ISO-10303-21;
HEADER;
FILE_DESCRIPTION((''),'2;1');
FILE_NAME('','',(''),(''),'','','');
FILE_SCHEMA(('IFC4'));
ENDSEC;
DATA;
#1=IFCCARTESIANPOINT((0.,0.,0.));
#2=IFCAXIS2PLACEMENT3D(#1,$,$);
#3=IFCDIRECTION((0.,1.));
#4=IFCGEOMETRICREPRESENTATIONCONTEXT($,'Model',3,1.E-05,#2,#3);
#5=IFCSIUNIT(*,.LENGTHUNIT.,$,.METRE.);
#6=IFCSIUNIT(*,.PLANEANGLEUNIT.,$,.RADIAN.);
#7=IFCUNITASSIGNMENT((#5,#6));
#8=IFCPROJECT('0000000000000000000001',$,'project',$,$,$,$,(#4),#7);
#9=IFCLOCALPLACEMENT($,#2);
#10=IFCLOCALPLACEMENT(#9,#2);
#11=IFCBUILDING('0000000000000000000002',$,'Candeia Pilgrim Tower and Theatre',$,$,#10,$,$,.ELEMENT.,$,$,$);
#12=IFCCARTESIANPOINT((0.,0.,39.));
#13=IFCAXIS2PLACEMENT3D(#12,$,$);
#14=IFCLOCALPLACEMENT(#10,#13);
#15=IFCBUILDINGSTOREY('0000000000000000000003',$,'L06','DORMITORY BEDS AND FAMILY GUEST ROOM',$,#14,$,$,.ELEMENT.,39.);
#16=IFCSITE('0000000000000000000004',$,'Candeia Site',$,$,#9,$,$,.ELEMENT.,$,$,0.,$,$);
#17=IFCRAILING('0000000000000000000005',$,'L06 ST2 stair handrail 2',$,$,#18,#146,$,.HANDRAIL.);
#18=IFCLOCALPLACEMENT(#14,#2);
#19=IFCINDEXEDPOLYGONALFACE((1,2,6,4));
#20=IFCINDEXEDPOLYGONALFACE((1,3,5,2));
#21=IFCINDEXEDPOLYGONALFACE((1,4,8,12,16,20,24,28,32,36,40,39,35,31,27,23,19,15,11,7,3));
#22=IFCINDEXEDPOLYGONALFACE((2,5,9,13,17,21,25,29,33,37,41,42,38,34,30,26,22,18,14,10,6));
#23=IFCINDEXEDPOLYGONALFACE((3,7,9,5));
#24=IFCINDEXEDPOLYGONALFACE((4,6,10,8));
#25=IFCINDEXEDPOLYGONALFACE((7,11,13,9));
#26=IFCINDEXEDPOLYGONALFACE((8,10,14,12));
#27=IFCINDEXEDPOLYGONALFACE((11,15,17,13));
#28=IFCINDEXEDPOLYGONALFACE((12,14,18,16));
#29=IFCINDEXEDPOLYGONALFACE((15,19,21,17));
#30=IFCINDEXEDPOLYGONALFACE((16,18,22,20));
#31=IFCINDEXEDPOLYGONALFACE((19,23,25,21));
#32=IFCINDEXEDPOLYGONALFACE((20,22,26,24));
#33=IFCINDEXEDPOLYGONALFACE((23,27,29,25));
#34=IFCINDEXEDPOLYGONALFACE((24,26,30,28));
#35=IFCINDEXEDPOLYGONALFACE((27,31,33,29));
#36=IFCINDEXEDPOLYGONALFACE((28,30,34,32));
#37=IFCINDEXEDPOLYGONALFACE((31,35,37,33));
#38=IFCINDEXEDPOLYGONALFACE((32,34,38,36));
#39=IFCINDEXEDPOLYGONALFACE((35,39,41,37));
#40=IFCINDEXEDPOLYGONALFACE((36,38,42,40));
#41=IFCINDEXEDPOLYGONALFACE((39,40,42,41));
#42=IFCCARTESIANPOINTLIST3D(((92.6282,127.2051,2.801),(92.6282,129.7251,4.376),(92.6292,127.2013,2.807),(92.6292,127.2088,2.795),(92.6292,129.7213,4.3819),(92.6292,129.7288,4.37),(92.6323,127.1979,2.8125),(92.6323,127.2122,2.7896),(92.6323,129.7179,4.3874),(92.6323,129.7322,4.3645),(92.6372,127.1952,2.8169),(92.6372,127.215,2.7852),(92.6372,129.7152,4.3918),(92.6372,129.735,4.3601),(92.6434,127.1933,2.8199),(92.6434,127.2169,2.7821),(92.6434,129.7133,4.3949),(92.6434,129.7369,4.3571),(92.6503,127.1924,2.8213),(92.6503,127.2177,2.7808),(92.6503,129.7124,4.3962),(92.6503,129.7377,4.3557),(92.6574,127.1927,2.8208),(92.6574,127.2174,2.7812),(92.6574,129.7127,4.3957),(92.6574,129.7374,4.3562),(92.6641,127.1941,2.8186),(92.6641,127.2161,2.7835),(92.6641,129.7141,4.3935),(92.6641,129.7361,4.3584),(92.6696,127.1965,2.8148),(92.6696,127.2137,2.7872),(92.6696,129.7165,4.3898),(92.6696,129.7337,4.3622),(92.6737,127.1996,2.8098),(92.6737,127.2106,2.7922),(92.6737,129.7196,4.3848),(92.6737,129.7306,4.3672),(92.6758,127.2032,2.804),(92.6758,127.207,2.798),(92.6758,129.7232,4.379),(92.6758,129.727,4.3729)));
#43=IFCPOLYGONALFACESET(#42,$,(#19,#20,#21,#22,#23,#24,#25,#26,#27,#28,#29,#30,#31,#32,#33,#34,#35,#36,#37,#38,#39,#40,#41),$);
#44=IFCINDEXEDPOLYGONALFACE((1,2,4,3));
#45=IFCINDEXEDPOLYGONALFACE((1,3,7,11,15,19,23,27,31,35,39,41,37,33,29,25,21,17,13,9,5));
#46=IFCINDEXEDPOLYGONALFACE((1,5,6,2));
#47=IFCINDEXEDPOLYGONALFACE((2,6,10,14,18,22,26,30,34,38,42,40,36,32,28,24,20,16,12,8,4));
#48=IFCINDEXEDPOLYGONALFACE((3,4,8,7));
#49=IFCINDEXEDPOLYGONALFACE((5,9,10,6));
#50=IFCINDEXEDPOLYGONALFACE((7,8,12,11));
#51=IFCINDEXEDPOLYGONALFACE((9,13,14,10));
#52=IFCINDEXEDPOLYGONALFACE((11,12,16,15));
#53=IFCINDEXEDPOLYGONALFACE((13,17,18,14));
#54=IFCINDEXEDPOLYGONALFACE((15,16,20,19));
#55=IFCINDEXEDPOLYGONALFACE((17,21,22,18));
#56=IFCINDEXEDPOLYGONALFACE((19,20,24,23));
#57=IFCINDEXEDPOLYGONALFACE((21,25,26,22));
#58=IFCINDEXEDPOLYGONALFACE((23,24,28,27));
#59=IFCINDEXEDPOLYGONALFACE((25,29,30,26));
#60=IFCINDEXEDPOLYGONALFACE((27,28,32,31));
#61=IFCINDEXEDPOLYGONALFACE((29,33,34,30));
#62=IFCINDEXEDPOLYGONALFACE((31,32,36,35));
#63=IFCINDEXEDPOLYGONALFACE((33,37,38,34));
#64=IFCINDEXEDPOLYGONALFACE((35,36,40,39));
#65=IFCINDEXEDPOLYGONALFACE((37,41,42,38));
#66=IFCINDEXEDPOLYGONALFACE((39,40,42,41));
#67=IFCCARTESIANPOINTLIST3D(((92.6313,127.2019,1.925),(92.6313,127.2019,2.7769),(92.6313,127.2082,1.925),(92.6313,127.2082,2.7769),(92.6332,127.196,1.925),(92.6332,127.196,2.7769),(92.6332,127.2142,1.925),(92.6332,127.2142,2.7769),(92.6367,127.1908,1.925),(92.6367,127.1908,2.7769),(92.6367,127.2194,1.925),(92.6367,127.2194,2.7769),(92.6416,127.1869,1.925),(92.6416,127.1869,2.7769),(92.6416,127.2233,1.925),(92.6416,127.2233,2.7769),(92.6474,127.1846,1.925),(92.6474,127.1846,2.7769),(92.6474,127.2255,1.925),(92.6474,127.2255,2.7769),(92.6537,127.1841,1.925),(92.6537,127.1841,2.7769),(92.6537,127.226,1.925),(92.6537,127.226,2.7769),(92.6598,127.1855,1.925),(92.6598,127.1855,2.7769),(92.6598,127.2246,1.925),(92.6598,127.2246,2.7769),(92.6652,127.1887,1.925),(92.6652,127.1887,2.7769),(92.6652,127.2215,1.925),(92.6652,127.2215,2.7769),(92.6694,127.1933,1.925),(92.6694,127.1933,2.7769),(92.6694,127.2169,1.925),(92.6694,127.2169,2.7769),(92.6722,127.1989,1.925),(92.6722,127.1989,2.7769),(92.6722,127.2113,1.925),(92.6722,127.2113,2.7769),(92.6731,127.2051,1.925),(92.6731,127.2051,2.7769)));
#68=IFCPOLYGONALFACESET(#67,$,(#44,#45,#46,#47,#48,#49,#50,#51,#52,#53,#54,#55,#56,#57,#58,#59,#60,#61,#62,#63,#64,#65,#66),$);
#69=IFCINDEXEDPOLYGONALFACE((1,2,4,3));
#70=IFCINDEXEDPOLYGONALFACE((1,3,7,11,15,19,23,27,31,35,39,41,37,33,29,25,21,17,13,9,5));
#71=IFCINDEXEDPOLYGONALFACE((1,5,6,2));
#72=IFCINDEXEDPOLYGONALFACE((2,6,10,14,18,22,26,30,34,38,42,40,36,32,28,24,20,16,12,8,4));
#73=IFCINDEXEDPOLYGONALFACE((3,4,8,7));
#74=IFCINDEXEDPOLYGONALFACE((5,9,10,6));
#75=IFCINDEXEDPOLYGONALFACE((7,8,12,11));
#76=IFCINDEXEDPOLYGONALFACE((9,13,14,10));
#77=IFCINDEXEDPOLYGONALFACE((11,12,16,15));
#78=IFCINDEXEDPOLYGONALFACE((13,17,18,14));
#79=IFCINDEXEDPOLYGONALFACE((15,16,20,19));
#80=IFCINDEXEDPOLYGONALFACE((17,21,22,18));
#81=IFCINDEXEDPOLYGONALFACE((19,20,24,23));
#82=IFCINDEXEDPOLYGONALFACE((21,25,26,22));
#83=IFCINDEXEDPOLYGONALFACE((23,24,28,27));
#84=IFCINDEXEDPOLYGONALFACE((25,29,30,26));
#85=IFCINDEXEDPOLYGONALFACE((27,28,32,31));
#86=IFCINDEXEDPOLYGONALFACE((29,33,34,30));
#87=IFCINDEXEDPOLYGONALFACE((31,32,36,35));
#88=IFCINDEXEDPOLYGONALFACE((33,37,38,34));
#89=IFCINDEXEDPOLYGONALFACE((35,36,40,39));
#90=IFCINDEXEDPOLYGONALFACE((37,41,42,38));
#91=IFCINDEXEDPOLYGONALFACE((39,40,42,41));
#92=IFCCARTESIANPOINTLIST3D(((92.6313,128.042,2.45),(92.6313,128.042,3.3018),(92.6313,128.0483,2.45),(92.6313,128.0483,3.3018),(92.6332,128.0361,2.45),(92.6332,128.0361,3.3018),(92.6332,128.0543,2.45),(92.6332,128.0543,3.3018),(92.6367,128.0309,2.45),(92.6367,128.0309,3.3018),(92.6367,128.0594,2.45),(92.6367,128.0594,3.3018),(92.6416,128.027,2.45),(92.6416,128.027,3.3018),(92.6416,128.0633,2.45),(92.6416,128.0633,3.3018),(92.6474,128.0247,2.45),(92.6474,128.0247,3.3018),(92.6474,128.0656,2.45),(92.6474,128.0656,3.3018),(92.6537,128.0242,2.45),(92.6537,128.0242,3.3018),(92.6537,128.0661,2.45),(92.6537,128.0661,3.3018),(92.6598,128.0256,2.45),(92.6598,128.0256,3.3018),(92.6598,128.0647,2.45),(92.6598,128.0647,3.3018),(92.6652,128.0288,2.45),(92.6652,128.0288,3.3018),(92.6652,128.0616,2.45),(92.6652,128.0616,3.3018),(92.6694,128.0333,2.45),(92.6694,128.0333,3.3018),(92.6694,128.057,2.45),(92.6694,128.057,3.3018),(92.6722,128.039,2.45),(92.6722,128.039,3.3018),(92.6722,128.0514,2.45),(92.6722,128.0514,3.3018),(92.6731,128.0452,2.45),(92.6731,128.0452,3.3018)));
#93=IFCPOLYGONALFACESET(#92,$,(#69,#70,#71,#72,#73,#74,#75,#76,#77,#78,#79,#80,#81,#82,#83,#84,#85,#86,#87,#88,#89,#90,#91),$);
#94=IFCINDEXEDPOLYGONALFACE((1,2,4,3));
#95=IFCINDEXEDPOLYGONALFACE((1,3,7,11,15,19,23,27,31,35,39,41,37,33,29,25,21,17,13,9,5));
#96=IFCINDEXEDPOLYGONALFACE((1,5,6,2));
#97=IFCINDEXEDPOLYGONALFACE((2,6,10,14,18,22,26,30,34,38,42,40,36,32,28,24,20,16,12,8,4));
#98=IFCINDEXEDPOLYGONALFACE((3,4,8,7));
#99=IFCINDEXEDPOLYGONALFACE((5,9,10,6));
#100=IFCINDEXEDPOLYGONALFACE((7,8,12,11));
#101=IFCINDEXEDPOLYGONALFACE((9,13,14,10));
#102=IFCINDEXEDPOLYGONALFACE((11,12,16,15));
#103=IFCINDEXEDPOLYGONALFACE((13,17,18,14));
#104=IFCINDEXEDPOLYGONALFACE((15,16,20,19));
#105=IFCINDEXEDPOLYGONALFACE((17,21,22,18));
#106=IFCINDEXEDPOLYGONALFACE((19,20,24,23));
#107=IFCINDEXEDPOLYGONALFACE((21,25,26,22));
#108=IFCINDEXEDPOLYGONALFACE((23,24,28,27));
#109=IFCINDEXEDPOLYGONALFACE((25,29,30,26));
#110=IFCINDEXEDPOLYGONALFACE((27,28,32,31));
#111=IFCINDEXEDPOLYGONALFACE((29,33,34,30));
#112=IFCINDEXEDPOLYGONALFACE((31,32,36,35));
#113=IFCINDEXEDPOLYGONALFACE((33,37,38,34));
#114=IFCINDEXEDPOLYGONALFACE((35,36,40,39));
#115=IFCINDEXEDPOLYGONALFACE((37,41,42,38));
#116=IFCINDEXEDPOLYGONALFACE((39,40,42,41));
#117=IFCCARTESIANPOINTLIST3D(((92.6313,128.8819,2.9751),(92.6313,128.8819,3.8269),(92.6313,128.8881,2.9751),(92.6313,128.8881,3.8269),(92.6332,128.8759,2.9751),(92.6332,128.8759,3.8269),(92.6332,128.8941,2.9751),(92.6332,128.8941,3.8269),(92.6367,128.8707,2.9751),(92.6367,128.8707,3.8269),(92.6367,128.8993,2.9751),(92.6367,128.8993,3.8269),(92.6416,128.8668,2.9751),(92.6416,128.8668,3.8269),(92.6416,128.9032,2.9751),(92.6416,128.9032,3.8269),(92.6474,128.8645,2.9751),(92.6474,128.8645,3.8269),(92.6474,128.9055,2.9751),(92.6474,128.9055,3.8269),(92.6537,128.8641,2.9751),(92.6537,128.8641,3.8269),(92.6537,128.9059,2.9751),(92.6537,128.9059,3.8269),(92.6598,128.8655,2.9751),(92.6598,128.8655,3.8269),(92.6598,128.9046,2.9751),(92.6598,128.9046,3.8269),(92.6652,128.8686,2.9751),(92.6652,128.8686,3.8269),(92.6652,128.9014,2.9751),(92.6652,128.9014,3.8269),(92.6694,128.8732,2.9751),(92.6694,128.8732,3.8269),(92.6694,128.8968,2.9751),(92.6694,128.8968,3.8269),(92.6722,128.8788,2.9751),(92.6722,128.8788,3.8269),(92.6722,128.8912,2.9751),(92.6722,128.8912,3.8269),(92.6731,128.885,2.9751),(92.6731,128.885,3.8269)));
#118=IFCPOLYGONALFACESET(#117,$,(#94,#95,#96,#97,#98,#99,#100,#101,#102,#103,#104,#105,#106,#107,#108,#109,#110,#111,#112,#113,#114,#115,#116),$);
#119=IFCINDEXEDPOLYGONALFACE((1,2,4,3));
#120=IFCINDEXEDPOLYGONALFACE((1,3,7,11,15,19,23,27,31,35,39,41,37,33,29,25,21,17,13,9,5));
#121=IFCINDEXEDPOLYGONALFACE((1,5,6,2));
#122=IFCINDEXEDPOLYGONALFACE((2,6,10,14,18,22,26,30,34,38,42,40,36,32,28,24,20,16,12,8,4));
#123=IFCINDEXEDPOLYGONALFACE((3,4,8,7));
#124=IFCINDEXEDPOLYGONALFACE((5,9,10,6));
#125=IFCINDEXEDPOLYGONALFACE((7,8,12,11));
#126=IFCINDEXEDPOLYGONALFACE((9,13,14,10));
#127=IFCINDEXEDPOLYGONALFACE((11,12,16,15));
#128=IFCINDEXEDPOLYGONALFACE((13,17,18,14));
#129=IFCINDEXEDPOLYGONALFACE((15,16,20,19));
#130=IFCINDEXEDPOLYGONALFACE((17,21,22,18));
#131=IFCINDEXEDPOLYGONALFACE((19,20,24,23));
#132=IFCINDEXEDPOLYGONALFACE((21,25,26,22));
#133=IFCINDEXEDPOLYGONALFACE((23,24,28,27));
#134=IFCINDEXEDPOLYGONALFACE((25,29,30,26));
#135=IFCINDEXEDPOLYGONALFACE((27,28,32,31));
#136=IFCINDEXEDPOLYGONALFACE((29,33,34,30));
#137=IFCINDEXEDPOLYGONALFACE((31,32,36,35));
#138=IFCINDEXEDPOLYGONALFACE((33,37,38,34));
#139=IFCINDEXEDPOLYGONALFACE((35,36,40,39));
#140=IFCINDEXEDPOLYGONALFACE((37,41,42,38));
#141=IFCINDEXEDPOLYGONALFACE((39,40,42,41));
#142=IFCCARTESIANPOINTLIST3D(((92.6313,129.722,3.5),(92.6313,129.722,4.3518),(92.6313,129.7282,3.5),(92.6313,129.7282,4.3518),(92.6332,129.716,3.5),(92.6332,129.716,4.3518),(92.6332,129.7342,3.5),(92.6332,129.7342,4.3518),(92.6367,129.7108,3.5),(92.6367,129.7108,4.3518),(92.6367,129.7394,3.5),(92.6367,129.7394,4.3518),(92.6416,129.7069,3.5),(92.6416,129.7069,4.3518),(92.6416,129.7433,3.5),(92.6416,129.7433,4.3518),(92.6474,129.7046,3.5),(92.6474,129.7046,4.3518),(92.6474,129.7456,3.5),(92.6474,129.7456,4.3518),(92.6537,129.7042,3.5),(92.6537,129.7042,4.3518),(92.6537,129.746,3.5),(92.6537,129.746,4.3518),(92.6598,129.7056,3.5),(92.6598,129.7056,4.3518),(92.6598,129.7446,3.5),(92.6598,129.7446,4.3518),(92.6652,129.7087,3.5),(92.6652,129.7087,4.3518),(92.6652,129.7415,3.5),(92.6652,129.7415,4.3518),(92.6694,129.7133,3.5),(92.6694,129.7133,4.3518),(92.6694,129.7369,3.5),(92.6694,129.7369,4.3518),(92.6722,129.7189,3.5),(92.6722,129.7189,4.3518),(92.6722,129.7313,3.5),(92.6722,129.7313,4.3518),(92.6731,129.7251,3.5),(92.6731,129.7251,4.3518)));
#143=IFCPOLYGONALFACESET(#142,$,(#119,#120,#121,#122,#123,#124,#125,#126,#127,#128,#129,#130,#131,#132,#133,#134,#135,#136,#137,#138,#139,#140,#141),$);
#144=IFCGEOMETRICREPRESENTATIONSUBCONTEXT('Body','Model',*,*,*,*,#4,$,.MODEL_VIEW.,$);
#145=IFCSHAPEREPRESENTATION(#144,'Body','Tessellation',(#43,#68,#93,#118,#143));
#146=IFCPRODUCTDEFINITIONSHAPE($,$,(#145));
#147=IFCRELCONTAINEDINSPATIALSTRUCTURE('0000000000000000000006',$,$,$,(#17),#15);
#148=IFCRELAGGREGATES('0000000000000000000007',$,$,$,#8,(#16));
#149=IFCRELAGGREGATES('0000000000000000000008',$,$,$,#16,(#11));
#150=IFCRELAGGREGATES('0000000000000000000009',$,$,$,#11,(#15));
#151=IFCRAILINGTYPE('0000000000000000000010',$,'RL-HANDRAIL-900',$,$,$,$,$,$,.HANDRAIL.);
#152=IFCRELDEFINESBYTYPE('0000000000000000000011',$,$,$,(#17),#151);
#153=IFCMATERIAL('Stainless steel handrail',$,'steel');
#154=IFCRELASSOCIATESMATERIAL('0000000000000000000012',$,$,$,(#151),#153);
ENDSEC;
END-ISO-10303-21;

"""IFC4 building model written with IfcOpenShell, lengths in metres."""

from ifc_helpers import new_model, si_unit, direction, frame, origin, origin_2d, place, context, subcontext, project, spatial, circle, extrude, material, type_object, element, save


model = new_model("IFC4")

# Units and contexts
model_context = context("Model", 3, precision=1e-05, world=origin(), true_north=direction((0.0, 1.0)))
body_context = subcontext(model_context, "Body", "Model", "MODEL_VIEW")
ifc_project = project(units=[si_unit("LENGTHUNIT", "METRE"), si_unit("PLANEANGLEUNIT", "RADIAN")], contexts=[model_context])

# Site, building, storey
site_placement = place(None, origin())
site = spatial("IfcSite", under=ifc_project, at=site_placement, Name="Candeia Site", CompositionType="ELEMENT", RefElevation=0.0)
building_placement = place(site_placement, origin())
building = spatial("IfcBuilding", under=site, at=building_placement, Name="Candeia Pilgrim Tower and Theatre", CompositionType="ELEMENT")
storey_placement = place(building_placement, frame((0.0, 0.0, 39.0)))
storey = spatial("IfcBuildingStorey", under=building, at=storey_placement, Name="L06", Description="DORMITORY BEDS AND FAMILY GUEST ROOM", CompositionType="ELEMENT", Elevation=39.0)

# Railing
ifc_material_1 = material(Name="Stainless steel handrail", Category="steel")
railing_type_1 = type_object("IfcRailingType", Name="RL-HANDRAIL-900", PredefinedType="HANDRAIL", material=ifc_material_1)
railing_1_placement = place(storey_placement, frame((92.6521, 127.2051, 1.925)))
element("IfcRailing", 1, at=railing_1_placement, inside=storey, type_object=railing_type_1, Name="L06 ST2 stair handrail 2", PredefinedType="HANDRAIL", context=body_context, shape_type="SweptSolid", body=[
    extrude(circle(Radius=0.0239, at=origin_2d()), frame((0.0, 0.0, 0.876), z_axis=(0.0, 0.848008, 0.529984), x_axis=(-1.0, 0.0, 0.0)), (0.0, 0.0, 1.0), 2.9717),
    extrude(circle(Radius=0.021, at=origin_2d()), origin(), (0.0, 0.0, 1.0), 0.8518),
    extrude(circle(Radius=0.021, at=origin_2d()), frame((0.0, 0.8401, 0.5249)), (0.0, 0.0, 1.0), 0.8518),
    extrude(circle(Radius=0.021, at=origin_2d()), frame((0.0, 1.6799, 1.05)), (0.0, 0.0, 1.0), 0.8518),
    extrude(circle(Radius=0.021, at=origin_2d()), frame((0.0, 2.52, 1.575)), (0.0, 0.0, 1.0), 0.8518),
])

save(model, "model.ifc")
